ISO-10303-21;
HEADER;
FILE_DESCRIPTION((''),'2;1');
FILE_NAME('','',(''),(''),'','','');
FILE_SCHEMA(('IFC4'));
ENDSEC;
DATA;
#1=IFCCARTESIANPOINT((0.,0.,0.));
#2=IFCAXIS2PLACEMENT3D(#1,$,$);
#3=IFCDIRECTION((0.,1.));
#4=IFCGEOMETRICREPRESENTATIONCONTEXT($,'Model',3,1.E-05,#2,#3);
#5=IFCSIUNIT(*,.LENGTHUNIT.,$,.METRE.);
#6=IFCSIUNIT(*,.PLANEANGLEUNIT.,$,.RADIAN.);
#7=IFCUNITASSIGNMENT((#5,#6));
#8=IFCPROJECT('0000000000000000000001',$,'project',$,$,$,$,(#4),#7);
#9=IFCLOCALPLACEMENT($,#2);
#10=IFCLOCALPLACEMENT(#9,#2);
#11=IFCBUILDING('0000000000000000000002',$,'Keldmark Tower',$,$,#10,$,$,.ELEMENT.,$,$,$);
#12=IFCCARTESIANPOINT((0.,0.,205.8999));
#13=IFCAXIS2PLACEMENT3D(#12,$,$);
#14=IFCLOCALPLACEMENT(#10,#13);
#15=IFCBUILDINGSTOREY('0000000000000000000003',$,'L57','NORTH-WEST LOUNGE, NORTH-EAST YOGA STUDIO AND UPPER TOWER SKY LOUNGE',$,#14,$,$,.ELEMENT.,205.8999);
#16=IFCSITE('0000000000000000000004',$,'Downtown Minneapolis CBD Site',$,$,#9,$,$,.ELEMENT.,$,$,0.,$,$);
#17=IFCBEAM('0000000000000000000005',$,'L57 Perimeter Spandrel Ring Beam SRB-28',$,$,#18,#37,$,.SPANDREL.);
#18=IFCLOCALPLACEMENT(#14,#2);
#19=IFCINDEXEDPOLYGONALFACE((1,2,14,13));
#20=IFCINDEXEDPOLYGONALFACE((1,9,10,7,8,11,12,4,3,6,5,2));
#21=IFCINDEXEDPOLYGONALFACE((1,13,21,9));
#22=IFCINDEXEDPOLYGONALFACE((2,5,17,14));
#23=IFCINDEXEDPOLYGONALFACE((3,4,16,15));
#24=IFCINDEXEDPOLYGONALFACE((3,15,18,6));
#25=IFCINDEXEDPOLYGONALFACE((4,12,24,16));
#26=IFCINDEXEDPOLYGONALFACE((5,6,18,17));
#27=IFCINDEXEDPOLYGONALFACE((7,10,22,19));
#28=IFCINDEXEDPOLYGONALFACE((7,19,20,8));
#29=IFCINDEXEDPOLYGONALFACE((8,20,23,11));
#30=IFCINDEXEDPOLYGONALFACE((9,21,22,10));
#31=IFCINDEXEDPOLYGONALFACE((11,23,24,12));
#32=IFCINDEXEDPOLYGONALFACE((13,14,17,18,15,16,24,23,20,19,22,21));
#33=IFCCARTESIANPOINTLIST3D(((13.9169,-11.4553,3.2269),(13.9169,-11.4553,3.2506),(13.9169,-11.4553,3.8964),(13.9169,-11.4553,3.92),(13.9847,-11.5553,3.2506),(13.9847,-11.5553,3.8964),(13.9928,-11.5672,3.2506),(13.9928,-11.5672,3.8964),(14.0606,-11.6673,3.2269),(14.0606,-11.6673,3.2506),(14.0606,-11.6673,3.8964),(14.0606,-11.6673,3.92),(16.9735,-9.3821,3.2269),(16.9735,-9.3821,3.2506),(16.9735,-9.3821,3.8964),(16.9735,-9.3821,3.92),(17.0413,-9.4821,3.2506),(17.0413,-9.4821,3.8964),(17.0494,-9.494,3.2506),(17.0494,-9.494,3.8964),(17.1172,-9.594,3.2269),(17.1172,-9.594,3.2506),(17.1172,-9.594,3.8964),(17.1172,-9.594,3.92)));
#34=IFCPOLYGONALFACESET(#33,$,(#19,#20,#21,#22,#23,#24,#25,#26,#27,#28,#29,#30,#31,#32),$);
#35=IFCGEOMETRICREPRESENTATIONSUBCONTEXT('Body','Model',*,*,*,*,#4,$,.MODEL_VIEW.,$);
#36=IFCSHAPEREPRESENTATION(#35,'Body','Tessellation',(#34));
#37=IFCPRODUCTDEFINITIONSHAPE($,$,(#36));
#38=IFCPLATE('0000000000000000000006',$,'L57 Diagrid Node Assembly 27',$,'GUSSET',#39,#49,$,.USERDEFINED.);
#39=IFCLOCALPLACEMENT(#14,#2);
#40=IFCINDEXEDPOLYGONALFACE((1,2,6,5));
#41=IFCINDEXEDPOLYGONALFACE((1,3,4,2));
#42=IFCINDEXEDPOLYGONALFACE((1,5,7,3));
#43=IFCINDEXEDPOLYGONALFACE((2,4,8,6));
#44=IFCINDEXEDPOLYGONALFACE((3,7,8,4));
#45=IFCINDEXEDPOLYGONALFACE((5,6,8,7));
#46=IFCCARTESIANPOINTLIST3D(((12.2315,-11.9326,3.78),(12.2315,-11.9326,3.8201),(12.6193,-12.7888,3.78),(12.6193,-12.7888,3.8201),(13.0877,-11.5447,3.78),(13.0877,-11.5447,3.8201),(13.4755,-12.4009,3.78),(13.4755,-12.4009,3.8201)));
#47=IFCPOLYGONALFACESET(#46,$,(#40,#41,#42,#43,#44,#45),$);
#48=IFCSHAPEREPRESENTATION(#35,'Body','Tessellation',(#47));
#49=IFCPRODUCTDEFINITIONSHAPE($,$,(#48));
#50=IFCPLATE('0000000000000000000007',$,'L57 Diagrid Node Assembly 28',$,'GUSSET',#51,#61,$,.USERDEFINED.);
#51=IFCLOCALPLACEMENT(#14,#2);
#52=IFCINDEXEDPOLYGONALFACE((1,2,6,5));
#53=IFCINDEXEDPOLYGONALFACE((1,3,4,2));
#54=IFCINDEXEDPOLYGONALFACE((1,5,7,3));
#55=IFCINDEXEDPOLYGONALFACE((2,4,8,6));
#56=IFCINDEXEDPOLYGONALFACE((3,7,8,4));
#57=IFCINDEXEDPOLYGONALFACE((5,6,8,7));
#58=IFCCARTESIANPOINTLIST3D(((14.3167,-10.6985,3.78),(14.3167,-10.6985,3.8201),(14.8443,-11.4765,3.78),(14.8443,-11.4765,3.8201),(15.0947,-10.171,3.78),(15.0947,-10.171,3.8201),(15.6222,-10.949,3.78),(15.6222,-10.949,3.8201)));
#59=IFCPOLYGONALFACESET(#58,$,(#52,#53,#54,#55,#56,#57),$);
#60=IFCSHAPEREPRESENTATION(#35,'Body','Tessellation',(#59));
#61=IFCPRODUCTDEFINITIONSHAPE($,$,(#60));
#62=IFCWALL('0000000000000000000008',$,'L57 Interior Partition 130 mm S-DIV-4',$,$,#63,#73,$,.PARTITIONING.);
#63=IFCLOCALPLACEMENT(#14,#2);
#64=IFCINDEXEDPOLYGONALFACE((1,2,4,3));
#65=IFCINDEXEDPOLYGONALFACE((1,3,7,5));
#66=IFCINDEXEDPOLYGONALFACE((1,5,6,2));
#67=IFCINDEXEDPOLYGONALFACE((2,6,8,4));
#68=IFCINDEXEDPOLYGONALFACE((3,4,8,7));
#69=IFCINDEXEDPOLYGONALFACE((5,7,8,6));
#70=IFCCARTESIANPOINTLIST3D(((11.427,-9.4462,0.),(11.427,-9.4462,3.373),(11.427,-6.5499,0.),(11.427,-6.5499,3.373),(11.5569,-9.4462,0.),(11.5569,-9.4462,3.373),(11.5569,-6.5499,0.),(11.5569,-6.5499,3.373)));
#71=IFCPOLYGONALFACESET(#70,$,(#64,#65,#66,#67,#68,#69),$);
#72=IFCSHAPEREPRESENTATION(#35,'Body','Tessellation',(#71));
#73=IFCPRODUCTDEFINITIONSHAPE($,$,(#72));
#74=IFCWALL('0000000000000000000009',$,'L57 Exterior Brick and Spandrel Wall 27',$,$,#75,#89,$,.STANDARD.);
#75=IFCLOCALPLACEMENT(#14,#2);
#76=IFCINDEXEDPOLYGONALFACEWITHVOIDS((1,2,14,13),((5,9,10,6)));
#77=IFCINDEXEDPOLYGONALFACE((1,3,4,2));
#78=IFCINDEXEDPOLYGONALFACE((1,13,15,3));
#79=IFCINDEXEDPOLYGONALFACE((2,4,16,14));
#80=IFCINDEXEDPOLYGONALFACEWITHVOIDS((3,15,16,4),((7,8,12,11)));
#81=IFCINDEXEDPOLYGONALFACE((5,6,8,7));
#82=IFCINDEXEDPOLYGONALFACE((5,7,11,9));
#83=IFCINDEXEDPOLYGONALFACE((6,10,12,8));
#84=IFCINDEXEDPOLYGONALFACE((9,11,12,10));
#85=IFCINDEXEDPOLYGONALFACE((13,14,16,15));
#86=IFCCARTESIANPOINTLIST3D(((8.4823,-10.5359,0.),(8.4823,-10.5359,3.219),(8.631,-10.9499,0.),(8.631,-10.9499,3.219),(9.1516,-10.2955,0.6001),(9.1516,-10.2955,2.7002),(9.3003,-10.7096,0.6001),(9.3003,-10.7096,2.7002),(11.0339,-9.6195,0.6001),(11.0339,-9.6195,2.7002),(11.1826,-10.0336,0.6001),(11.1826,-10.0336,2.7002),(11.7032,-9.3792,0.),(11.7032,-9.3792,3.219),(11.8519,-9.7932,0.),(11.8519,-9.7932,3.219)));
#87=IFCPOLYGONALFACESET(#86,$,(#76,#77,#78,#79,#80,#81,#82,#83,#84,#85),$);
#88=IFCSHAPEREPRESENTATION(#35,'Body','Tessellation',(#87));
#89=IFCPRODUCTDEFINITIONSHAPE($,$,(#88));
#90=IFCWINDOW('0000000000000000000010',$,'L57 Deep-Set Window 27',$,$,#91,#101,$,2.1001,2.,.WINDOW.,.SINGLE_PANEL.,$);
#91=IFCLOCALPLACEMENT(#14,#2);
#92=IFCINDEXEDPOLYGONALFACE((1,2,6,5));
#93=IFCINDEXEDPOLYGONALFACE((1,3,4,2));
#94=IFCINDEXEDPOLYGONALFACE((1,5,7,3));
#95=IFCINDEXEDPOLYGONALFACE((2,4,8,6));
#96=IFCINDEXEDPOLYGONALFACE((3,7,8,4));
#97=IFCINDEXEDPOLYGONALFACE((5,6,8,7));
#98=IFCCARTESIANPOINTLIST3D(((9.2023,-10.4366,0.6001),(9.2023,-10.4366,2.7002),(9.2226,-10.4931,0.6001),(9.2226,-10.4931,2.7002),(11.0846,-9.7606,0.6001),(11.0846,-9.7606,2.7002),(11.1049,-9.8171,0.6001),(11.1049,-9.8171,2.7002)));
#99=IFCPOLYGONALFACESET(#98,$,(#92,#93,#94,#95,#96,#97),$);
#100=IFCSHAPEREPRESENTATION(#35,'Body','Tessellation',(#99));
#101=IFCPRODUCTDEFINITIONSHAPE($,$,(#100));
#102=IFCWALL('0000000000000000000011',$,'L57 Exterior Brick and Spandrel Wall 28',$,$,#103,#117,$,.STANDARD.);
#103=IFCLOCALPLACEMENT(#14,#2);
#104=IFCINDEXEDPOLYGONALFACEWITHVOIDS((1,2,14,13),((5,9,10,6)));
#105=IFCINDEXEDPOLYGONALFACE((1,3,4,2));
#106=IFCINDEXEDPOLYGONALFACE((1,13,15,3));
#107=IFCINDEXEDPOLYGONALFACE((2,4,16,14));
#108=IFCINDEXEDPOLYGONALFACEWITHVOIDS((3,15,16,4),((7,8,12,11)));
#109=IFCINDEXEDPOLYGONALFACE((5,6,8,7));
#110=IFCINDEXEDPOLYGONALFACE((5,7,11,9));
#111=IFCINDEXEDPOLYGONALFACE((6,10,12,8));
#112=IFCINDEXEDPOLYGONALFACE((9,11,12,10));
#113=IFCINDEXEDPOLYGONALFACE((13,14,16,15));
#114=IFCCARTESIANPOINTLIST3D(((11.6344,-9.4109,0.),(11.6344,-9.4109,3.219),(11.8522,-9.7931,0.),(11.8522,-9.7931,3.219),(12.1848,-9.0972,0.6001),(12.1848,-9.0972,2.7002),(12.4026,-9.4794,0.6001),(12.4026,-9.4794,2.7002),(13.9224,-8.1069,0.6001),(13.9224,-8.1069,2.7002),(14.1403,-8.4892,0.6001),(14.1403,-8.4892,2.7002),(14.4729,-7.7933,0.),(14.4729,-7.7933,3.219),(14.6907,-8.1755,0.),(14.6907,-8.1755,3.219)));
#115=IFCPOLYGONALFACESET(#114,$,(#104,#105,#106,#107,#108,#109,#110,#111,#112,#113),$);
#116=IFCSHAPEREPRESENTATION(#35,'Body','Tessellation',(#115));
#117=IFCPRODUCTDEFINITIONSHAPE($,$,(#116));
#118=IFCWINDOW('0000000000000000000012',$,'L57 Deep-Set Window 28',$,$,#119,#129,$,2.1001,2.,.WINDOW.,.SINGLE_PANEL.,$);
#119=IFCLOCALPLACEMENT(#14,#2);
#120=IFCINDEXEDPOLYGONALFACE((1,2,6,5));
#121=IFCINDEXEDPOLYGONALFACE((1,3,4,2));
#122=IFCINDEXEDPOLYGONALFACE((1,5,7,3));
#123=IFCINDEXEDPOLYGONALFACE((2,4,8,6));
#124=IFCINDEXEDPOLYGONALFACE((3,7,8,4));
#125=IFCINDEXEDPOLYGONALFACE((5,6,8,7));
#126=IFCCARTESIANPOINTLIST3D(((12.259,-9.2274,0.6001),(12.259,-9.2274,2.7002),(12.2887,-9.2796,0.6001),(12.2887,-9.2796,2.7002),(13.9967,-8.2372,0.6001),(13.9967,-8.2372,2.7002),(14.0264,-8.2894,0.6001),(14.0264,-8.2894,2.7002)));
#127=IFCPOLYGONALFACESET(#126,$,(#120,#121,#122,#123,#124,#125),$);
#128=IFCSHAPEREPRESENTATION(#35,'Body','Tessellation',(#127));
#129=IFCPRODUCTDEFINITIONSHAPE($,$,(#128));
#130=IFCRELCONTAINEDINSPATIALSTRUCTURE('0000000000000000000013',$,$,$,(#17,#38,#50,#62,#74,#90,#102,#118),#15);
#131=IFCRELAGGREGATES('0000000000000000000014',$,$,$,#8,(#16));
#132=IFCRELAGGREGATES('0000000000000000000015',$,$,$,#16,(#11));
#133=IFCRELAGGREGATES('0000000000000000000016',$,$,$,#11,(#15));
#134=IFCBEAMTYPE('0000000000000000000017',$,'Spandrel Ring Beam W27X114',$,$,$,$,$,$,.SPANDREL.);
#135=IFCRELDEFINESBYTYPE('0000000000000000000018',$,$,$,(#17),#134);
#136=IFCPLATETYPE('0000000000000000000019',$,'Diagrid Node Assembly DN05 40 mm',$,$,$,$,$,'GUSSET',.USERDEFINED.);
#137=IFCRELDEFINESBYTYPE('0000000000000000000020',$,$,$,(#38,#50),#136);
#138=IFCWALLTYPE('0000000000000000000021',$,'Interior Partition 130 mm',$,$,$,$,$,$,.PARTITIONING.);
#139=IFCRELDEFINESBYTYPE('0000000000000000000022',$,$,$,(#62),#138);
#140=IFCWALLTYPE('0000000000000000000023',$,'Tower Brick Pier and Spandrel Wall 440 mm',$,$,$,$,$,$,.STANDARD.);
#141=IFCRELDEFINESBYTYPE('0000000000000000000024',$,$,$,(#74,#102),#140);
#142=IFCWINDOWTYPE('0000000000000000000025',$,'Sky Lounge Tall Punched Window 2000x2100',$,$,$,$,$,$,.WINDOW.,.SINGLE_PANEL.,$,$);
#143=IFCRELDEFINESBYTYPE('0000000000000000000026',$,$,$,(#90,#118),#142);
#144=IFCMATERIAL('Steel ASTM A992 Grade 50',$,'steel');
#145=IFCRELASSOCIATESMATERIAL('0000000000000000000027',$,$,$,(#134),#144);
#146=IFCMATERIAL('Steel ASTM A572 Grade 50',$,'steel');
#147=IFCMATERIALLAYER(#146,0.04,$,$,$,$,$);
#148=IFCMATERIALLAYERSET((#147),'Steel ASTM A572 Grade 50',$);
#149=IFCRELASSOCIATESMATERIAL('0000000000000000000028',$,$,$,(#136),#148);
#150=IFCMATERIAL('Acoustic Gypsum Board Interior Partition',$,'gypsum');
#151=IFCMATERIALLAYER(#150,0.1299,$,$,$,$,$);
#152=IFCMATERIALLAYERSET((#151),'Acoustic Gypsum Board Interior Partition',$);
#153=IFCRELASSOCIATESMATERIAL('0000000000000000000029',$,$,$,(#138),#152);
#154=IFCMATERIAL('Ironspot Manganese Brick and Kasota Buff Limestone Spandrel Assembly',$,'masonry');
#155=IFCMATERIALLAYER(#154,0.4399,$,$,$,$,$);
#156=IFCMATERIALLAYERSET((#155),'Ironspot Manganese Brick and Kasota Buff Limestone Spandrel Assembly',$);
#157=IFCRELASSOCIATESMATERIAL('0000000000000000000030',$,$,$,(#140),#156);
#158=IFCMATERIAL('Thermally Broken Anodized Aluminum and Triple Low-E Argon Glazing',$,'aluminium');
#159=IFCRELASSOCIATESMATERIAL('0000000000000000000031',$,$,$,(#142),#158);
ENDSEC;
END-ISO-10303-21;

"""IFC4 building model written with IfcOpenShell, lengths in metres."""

from ifc_helpers import new_model, si_unit, direction, frame, frame_2d, origin, origin_2d, place, context, subcontext, project, spatial, rectangle, i_section, extrude, material, layer, layer_set, material_profile, profile_set, type_object, element, fill, save


model = new_model("IFC4")

# Units and contexts
model_context = context("Model", 3, precision=1e-05, world=origin(), true_north=direction((0.0, 1.0)))
body_context = subcontext(model_context, "Body", "Model", "MODEL_VIEW")
ifc_project = project(units=[si_unit("LENGTHUNIT", "METRE"), si_unit("PLANEANGLEUNIT", "RADIAN")], contexts=[model_context])

# Site, building, storey
site_placement = place(None, origin())
site = spatial("IfcSite", under=ifc_project, at=site_placement, Name="Downtown Minneapolis CBD Site", CompositionType="ELEMENT", RefElevation=0.0)
building_placement = place(site_placement, origin())
building = spatial("IfcBuilding", under=site, at=building_placement, Name="Keldmark Tower", CompositionType="ELEMENT")
storey_placement = place(building_placement, frame((0.0, 0.0, 205.8999)))
storey = spatial("IfcBuildingStorey", under=building, at=storey_placement, Name="L57", Description="NORTH-WEST LOUNGE, NORTH-EAST YOGA STUDIO AND UPPER TOWER SKY LOUNGE", CompositionType="ELEMENT", Elevation=205.8999)

# Beam
ifc_material_1 = material(Name="Steel ASTM A992 Grade 50", Category="steel")
ifc_material_profile_1 = material_profile(ifc_material_1, i_section(OverallWidth=0.2561, OverallDepth=0.6931, WebThickness=0.0144, FlangeThickness=0.0237, at=origin_2d()), Name="W27X114")
ifc_profile_set_1 = profile_set([ifc_material_profile_1], Name="Steel ASTM A992 Grade 50")
beam_type_1 = type_object("IfcBeamType", Name="Spandrel Ring Beam W27X114", PredefinedType="SPANDREL", material=ifc_profile_set_1)
beam_1_placement = place(storey_placement, frame((13.9888, -11.5613, 3.5735), z_axis=(0.82759, 0.561333, 0.0), x_axis=(-0.561333, 0.82759, 0.0)))
element("IfcBeam", 1, at=beam_1_placement, inside=storey, type_object=beam_type_1, Name="L57 Perimeter Spandrel Ring Beam SRB-28", PredefinedType="SPANDREL", context=body_context, shape_type="SweptSolid", body=[
    extrude(i_section(OverallWidth=0.2561, OverallDepth=0.6931, WebThickness=0.0144, FlangeThickness=0.0237, at=origin_2d()), origin(), (0.0, 0.0, 1.0), 3.6934),
])

# Plates
ifc_material_2 = material(Name="Steel ASTM A572 Grade 50", Category="steel")
ifc_layer_1 = layer(ifc_material_2, 0.04)
ifc_layer_set_1 = layer_set([ifc_layer_1], Name="Steel ASTM A572 Grade 50")
plate_type = type_object("IfcPlateType", Name="Diagrid Node Assembly DN05 40 mm", ElementType="GUSSET", PredefinedType="USERDEFINED", material=ifc_layer_set_1)
for number, where, z_axis, x_axis, name in (
    (2, (12.8535, -12.1667, 3.78), (0.0, 0.0, 1.0), (0.9109, 0.412628, 0.0), "L57 Diagrid Node Assembly 27"),
    (3, (14.9695, -10.8237, 3.78), (0.0, 0.0, 1.0), (0.827669, 0.561217, 0.0), "L57 Diagrid Node Assembly 28"),
):
    element("IfcPlate", number, at=place(storey_placement, frame(where, z_axis=z_axis, x_axis=x_axis)), inside=storey, type_object=plate_type, Name=name, ObjectType="GUSSET", PredefinedType="USERDEFINED", context=body_context, shape_type="SweptSolid", body=[
        extrude(rectangle(XDim=0.9399, YDim=0.9399, at=origin_2d()), origin(), (0.0, 0.0, 1.0), 0.04),
    ])

# Wall
ifc_material_3 = material(Name="Acoustic Gypsum Board Interior Partition", Category="gypsum")
ifc_layer_2 = layer(ifc_material_3, 0.1299)
ifc_layer_set_2 = layer_set([ifc_layer_2], Name="Acoustic Gypsum Board Interior Partition")
wall_type_1 = type_object("IfcWallType", Name="Interior Partition 130 mm", PredefinedType="PARTITIONING", material=ifc_layer_set_2)
wall_1_placement = place(storey_placement, frame((11.4919, -9.4463, 0.0), z_axis=(0.0, 0.0, 1.0), x_axis=(0.0, 1.0, 0.0)))
element("IfcWall", 4, at=wall_1_placement, inside=storey, type_object=wall_type_1, Name="L57 Interior Partition 130 mm S-DIV-4", PredefinedType="PARTITIONING", context=body_context, shape_type="SweptSolid", body=[
    extrude(rectangle(XDim=2.8962, YDim=0.1299, at=frame_2d((1.4482, 0.0))), origin(), (0.0, 0.0, 1.0), 3.373),
])

# Walls, openings, windows
ifc_material_4 = material(Name="Ironspot Manganese Brick and Kasota Buff Limestone Spandrel Assembly", Category="masonry")
ifc_layer_3 = layer(ifc_material_4, 0.4399)
ifc_layer_set_3 = layer_set([ifc_layer_3], Name="Ironspot Manganese Brick and Kasota Buff Limestone Spandrel Assembly")
wall_type_2 = type_object("IfcWallType", Name="Tower Brick Pier and Spandrel Wall 440 mm", PredefinedType="STANDARD", material=ifc_layer_set_3)
wall_2_placement = place(storey_placement, frame((11.7776, -9.5862, 0.0), z_axis=(0.0, 0.0, 1.0), x_axis=(-0.941148, -0.337994, 0.0)))
wall_2 = element("IfcWall", 5, at=wall_2_placement, inside=storey, type_object=wall_type_2, Name="L57 Exterior Brick and Spandrel Wall 27", PredefinedType="STANDARD", context=body_context, shape_type="SweptSolid", body=[
    extrude(rectangle(XDim=3.4224, YDim=0.4399, at=frame_2d((1.7112, 0.0))), origin(), (0.0, 0.0, 1.0), 3.219),
])
opening_1_placement = place(wall_2_placement, frame((0.7112, 0.0, 0.6001)))
opening_1 = element("IfcOpeningElement", 6, at=opening_1_placement, cuts=wall_2, PredefinedType="OPENING", context=body_context, shape_type="SweptSolid", body=[
    extrude(rectangle(XDim=2.0, YDim=2.1001, at=frame_2d((1.0, 1.05))), frame((0.0, 0.23, 0.0), z_axis=(0.0, -1.0, 0.0), x_axis=(1.0, 0.0, 0.0)), (0.0, 0.0, 1.0), 0.46),
])
ifc_material_5 = material(Name="Thermally Broken Anodized Aluminum and Triple Low-E Argon Glazing", Category="aluminium")
window_type = type_object("IfcWindowType", Name="Sky Lounge Tall Punched Window 2000x2100", PartitioningType="SINGLE_PANEL", PredefinedType="WINDOW", material=ifc_material_5)
window_1_placement = place(opening_1_placement, origin())
window_1 = element("IfcWindow", 7, at=window_1_placement, inside=storey, type_object=window_type, Name="L57 Deep-Set Window 27", OverallHeight=2.1001, OverallWidth=2.0, PartitioningType="SINGLE_PANEL", PredefinedType="WINDOW", context=body_context, shape_type="SweptSolid", body=[
    extrude(rectangle(XDim=2.0, YDim=2.1001, at=frame_2d((1.0, 1.05))), frame((0.0, -0.01, 0.0), z_axis=(0.0, -1.0, 0.0), x_axis=(1.0, 0.0, 0.0)), (0.0, 0.0, 1.0), 0.0601),
])
fill(opening_1, window_1)
wall_3_placement = place(storey_placement, frame((14.5818, -7.9844, 0.0), z_axis=(0.0, 0.0, 1.0), x_axis=(-0.868822, -0.495125, 0.0)))
wall_3 = element("IfcWall", 8, at=wall_3_placement, inside=storey, type_object=wall_type_2, Name="L57 Exterior Brick and Spandrel Wall 28", PredefinedType="STANDARD", context=body_context, shape_type="SweptSolid", body=[
    extrude(rectangle(XDim=3.2671, YDim=0.4399, at=frame_2d((1.6335, 0.0))), origin(), (0.0, 0.0, 1.0), 3.219),
])
opening_2_placement = place(wall_3_placement, frame((0.6335, 0.0, 0.6001)))
opening_2 = element("IfcOpeningElement", 9, at=opening_2_placement, cuts=wall_3, PredefinedType="OPENING", context=body_context, shape_type="SweptSolid", body=[
    extrude(rectangle(XDim=2.0, YDim=2.1001, at=frame_2d((1.0, 1.05))), frame((0.0, 0.23, 0.0), z_axis=(0.0, -1.0, 0.0), x_axis=(1.0, 0.0, 0.0)), (0.0, 0.0, 1.0), 0.46),
])
window_2_placement = place(opening_2_placement, origin())
window_2 = element("IfcWindow", 10, at=window_2_placement, inside=storey, type_object=window_type, Name="L57 Deep-Set Window 28", OverallHeight=2.1001, OverallWidth=2.0, PartitioningType="SINGLE_PANEL", PredefinedType="WINDOW", context=body_context, shape_type="SweptSolid", body=[
    extrude(rectangle(XDim=2.0, YDim=2.1001, at=frame_2d((1.0, 1.05))), frame((0.0, -0.01, 0.0), z_axis=(0.0, -1.0, 0.0), x_axis=(1.0, 0.0, 0.0)), (0.0, 0.0, 1.0), 0.0601),
])
fill(opening_2, window_2)

save(model, "model.ifc")
